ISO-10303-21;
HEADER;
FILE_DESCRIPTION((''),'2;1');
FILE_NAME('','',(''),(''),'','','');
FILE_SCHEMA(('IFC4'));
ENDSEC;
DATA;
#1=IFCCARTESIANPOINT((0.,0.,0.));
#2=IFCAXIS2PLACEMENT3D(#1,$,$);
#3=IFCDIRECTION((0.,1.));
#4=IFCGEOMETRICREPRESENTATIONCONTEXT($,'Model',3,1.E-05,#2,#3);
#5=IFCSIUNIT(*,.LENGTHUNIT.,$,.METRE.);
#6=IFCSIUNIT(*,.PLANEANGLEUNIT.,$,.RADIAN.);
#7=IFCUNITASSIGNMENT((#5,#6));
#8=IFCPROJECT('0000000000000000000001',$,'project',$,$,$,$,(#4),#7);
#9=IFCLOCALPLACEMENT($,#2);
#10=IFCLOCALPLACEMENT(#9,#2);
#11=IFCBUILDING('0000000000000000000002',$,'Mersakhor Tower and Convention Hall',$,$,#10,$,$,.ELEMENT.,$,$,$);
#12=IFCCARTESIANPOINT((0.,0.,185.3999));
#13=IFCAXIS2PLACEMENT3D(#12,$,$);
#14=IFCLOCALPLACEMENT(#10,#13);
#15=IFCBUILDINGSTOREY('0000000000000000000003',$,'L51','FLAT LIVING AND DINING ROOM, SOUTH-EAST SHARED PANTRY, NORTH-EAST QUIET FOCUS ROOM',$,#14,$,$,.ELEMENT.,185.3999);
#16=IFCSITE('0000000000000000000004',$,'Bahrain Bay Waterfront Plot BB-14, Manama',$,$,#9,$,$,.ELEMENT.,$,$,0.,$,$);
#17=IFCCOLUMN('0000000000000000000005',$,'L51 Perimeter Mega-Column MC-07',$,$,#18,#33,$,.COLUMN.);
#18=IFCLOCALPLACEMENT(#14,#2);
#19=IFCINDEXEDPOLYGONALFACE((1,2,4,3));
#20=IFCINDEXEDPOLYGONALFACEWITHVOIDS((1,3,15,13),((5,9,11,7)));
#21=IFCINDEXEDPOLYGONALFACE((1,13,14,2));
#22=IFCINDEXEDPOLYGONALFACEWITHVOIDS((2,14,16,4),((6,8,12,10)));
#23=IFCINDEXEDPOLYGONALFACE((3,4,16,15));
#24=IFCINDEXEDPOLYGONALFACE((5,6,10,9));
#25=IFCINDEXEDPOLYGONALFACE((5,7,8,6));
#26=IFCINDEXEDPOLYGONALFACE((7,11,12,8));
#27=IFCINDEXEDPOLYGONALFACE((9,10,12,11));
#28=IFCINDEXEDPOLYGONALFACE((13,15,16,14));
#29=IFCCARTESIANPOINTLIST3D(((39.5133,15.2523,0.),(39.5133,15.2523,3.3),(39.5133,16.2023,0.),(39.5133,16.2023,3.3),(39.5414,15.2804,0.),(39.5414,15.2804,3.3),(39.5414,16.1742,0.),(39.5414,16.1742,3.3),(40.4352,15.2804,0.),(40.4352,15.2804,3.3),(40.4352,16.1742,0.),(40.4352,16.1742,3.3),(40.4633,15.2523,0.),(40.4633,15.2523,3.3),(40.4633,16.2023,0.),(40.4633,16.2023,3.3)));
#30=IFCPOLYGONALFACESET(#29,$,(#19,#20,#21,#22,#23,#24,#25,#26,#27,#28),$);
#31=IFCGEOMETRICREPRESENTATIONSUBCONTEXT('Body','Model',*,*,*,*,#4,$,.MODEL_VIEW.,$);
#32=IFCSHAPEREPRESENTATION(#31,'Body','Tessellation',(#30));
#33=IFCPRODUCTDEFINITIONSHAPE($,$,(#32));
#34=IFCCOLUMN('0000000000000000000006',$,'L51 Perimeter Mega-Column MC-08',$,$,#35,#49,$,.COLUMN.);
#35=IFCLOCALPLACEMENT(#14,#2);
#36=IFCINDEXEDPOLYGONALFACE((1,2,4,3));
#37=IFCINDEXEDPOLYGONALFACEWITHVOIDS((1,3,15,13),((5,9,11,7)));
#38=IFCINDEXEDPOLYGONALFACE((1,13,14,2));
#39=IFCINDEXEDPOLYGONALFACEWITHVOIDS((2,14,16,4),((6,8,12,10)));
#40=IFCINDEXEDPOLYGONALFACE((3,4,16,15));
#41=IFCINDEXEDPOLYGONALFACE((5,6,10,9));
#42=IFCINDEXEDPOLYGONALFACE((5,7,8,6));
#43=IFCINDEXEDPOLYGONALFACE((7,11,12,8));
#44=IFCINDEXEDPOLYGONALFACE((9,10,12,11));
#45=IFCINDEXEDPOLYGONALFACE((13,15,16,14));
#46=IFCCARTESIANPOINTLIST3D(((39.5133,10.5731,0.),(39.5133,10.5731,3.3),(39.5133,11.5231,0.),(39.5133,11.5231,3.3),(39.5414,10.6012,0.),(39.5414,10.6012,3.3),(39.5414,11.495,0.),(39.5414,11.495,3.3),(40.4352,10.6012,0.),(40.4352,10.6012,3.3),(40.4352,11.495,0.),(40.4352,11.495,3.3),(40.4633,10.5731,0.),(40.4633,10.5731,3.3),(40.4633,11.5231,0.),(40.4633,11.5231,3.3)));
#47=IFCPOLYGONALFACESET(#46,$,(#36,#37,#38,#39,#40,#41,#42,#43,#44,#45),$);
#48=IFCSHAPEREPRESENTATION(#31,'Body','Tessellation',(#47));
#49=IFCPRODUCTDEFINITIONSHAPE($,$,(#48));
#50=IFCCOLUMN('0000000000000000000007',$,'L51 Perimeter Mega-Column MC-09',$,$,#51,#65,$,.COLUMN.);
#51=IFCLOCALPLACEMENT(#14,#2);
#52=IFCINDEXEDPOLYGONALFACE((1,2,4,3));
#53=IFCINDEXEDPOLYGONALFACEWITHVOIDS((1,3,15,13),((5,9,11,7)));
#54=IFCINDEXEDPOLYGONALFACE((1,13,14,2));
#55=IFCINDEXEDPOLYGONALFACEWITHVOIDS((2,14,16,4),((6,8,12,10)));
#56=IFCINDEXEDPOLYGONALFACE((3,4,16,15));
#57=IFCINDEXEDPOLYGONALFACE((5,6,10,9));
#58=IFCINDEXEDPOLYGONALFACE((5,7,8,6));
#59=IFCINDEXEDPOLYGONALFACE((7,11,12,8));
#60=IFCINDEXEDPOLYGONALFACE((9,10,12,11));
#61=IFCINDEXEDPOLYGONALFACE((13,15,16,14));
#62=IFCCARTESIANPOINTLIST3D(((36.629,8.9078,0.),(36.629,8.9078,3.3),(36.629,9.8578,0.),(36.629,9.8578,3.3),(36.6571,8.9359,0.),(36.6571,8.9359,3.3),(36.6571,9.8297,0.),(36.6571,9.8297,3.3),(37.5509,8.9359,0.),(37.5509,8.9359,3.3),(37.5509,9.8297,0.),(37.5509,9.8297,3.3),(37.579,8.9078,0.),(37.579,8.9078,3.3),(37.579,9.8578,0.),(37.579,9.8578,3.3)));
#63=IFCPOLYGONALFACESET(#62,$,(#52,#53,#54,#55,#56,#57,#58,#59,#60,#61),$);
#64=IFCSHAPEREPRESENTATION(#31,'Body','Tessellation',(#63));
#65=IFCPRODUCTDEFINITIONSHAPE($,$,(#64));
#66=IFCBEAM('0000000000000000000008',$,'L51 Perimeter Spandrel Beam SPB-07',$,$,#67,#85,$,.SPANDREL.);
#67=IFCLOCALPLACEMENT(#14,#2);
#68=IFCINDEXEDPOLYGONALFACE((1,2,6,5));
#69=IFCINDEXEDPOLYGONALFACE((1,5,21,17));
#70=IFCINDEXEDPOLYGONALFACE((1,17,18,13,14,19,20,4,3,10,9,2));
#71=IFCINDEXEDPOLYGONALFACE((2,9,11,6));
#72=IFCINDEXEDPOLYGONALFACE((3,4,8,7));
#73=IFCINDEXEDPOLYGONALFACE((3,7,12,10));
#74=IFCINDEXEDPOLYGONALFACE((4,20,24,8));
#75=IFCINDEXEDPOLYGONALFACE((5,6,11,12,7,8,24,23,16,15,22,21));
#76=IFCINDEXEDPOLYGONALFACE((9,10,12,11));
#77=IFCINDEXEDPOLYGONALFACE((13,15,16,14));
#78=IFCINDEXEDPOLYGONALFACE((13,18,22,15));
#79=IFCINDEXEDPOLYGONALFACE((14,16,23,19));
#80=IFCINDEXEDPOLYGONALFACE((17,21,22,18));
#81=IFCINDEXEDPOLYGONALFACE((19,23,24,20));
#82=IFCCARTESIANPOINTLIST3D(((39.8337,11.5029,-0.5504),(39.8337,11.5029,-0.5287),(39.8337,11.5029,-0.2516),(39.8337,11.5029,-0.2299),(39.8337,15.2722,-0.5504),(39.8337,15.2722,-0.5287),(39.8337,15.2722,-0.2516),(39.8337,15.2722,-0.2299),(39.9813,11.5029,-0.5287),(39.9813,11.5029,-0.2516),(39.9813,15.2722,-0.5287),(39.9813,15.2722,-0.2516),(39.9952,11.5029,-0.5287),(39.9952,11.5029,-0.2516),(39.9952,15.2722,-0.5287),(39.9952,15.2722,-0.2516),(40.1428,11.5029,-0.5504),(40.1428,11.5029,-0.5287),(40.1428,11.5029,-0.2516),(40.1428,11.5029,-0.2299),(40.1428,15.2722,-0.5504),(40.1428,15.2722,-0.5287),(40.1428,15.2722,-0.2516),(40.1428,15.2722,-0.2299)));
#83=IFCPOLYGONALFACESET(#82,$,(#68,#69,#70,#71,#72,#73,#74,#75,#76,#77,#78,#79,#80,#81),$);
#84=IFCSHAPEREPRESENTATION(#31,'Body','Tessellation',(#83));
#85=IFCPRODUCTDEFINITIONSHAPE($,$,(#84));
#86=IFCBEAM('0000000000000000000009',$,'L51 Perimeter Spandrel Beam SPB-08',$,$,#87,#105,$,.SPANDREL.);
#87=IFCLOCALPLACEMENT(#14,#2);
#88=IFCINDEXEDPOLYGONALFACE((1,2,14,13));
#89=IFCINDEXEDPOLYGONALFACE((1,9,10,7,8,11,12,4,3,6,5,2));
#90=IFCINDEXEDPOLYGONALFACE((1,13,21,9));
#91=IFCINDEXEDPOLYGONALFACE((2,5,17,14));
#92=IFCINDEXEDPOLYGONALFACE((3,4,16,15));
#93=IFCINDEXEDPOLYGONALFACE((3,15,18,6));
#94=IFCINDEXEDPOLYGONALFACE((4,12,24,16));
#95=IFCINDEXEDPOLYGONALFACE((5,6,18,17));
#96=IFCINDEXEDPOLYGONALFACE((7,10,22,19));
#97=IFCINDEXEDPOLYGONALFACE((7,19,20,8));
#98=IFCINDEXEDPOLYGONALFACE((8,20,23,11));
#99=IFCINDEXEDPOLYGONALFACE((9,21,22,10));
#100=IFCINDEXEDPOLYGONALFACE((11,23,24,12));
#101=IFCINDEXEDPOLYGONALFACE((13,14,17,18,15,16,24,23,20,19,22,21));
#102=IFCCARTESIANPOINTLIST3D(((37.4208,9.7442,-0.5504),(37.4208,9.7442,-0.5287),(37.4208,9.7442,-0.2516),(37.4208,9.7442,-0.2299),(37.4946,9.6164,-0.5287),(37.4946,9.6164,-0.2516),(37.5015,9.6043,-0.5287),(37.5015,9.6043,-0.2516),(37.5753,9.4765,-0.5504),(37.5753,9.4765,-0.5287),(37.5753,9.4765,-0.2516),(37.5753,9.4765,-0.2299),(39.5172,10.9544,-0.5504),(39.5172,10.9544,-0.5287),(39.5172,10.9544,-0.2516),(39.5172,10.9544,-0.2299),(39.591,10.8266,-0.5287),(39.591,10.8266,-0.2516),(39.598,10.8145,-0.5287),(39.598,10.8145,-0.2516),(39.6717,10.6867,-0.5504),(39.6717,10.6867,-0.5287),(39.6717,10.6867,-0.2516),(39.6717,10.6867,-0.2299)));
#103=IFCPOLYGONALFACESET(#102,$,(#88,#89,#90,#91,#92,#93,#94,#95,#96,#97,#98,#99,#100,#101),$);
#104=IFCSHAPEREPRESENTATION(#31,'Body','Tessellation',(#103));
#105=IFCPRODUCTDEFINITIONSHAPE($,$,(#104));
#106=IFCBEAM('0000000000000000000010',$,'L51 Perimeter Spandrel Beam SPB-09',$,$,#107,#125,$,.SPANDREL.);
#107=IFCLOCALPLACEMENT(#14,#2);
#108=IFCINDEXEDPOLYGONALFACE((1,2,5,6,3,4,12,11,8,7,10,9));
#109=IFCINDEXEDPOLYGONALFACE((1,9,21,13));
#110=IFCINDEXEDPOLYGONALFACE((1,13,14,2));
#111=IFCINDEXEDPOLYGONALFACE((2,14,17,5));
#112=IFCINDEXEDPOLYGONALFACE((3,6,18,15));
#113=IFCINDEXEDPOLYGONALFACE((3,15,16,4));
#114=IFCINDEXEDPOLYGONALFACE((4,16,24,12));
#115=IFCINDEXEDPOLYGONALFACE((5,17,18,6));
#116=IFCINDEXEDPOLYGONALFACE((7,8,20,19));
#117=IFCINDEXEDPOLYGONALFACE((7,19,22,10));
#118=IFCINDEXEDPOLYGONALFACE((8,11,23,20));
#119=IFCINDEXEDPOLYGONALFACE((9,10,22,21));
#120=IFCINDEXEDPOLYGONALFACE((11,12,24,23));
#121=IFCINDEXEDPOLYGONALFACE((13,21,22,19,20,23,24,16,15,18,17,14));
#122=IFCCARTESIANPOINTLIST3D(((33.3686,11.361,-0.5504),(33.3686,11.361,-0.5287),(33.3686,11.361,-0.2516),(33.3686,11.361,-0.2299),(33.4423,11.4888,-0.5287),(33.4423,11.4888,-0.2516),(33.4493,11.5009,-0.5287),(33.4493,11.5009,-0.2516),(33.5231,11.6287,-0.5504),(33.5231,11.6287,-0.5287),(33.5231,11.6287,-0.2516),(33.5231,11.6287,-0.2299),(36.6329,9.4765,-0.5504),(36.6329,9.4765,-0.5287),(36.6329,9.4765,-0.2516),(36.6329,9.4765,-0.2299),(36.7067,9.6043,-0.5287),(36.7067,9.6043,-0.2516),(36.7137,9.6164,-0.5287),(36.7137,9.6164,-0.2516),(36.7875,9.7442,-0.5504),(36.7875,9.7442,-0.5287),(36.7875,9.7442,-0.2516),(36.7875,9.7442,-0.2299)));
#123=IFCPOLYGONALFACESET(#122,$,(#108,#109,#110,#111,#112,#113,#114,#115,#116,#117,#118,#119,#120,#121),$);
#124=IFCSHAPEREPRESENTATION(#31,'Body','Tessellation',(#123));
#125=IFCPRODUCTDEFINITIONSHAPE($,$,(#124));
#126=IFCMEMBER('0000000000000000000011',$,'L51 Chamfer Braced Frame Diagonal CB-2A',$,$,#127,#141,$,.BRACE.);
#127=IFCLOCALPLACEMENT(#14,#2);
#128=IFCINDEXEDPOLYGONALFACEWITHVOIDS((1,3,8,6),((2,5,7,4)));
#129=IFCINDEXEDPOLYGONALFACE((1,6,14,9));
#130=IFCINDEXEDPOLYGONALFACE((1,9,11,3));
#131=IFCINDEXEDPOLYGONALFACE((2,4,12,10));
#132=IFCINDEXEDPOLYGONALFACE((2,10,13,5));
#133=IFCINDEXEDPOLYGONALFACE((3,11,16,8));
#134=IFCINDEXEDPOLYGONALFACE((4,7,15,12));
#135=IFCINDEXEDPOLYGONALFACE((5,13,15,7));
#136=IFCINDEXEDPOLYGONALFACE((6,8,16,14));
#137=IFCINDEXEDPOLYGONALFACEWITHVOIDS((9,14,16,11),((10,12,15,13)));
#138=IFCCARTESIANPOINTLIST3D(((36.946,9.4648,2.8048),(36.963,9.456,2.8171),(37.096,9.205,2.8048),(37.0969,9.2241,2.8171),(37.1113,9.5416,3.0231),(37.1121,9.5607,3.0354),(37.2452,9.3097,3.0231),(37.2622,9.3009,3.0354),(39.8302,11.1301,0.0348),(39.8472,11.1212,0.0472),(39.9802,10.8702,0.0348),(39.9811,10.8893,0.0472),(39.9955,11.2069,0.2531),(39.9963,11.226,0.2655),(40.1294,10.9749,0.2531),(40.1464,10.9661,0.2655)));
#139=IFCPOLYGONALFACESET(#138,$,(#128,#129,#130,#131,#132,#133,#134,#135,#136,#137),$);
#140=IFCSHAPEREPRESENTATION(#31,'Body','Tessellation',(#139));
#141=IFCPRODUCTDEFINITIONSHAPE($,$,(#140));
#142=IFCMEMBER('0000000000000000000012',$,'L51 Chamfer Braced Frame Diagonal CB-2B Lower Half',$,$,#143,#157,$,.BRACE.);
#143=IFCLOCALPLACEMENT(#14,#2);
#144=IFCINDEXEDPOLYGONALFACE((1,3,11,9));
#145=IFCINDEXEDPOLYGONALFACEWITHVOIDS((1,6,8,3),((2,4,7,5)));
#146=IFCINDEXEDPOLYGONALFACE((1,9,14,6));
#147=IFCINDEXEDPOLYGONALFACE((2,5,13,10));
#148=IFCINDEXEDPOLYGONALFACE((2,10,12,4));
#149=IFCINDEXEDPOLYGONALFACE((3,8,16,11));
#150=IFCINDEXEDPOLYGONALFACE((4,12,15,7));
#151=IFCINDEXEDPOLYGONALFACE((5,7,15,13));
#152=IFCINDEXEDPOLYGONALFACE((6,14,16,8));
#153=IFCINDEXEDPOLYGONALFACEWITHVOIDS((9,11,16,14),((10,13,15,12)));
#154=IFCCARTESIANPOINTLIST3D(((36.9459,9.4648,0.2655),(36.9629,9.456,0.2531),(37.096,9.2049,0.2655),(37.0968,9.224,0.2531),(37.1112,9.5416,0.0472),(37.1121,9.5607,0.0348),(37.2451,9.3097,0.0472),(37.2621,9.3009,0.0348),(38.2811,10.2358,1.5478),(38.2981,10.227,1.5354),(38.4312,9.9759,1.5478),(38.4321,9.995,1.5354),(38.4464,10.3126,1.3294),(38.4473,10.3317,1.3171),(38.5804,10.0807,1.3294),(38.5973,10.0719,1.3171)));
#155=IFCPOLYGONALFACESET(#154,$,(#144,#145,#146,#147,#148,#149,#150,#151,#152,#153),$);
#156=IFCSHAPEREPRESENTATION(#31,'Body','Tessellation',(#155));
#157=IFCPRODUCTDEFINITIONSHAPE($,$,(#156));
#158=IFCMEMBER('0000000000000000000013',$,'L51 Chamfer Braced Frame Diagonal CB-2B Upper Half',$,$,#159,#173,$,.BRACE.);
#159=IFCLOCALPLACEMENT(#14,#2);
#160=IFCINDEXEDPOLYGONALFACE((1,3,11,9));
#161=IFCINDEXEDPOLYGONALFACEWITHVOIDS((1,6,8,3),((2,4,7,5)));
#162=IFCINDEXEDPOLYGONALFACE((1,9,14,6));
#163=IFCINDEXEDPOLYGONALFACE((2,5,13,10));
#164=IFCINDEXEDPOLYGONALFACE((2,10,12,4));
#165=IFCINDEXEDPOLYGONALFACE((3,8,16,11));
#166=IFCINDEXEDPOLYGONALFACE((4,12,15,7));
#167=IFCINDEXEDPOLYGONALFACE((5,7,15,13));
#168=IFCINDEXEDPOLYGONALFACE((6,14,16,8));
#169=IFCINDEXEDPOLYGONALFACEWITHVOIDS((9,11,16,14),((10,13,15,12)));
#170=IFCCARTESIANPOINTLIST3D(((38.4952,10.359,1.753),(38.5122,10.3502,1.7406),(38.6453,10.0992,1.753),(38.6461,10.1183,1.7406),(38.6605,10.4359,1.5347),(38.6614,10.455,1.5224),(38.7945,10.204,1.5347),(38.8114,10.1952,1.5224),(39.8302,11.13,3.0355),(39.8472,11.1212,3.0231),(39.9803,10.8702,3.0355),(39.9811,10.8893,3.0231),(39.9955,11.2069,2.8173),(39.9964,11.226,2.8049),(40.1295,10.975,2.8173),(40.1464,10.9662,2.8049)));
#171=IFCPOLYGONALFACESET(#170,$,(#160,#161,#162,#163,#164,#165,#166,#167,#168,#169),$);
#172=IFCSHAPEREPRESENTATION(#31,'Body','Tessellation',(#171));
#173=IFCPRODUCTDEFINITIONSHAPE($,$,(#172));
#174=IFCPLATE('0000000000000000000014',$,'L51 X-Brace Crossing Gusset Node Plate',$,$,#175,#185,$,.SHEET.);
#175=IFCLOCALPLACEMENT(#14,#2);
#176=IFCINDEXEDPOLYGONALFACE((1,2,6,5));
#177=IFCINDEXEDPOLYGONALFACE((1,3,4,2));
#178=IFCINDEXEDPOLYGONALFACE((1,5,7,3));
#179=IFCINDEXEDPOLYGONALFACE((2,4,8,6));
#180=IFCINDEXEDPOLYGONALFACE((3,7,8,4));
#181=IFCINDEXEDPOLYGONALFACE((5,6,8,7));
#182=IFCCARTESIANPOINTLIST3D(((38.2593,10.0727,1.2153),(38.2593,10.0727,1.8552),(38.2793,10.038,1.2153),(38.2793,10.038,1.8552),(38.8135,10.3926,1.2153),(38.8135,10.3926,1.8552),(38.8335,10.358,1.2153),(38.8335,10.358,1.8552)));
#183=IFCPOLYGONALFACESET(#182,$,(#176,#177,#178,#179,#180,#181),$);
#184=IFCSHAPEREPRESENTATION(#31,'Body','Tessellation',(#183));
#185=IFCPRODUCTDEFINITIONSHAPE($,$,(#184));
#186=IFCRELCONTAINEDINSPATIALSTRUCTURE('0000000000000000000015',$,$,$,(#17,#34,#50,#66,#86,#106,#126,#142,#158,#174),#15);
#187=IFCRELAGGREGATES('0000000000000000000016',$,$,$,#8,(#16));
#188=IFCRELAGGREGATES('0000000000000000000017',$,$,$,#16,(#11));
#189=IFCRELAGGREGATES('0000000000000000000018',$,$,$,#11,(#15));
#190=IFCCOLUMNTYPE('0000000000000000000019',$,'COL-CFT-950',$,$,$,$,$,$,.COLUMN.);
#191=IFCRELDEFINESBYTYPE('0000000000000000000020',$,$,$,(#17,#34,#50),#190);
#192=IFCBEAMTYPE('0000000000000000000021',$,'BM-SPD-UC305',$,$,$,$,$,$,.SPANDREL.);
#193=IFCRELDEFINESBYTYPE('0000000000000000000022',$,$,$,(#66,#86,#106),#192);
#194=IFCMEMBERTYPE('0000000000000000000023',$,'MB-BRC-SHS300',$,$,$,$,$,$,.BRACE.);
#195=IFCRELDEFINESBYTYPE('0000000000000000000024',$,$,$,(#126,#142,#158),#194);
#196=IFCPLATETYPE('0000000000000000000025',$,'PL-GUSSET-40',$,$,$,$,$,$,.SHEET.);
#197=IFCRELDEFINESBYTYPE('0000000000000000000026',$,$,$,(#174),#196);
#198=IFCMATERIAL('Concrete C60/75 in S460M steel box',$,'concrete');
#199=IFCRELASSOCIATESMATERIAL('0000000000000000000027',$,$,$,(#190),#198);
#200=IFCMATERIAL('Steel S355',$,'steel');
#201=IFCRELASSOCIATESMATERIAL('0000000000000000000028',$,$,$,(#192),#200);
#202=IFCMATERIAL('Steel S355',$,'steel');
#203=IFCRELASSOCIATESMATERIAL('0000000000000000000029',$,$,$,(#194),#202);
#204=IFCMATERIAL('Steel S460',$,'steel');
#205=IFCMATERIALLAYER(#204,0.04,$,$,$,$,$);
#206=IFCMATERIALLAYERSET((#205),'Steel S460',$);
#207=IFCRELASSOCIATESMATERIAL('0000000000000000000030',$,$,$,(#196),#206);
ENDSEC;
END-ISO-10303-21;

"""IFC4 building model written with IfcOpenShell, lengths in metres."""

from ifc_helpers import new_model, si_unit, direction, frame, origin, origin_2d, place, context, subcontext, project, spatial, rectangle, hollow_rectangle, i_section, extrude, material, layer, layer_set, material_profile, profile_set, type_object, element, save


model = new_model("IFC4")

# Units and contexts
model_context = context("Model", 3, precision=1e-05, world=origin(), true_north=direction((0.0, 1.0)))
body_context = subcontext(model_context, "Body", "Model", "MODEL_VIEW")
ifc_project = project(units=[si_unit("LENGTHUNIT", "METRE"), si_unit("PLANEANGLEUNIT", "RADIAN")], contexts=[model_context])

# Site, building, storey
site_placement = place(None, origin())
site = spatial("IfcSite", under=ifc_project, at=site_placement, Name="Bahrain Bay Waterfront Plot BB-14, Manama", CompositionType="ELEMENT", RefElevation=0.0)
building_placement = place(site_placement, origin())
building = spatial("IfcBuilding", under=site, at=building_placement, Name="Mersakhor Tower and Convention Hall", CompositionType="ELEMENT")
storey_placement = place(building_placement, frame((0.0, 0.0, 185.3999)))
storey = spatial("IfcBuildingStorey", under=building, at=storey_placement, Name="L51", Description="FLAT LIVING AND DINING ROOM, SOUTH-EAST SHARED PANTRY, NORTH-EAST QUIET FOCUS ROOM", CompositionType="ELEMENT", Elevation=185.3999)

# Columns
ifc_material_1 = material(Name="Concrete C60/75 in S460M steel box", Category="concrete")
ifc_material_profile_1 = material_profile(ifc_material_1, hollow_rectangle(XDim=0.95, YDim=0.95, WallThickness=0.0281, at=origin_2d()), Name="SHS 950x950x28")
ifc_profile_set_1 = profile_set([ifc_material_profile_1], Name="Concrete C60/75 in S460M steel box")
column_type = type_object("IfcColumnType", Name="COL-CFT-950", PredefinedType="COLUMN", material=ifc_profile_set_1)
for number, where, z_axis, x_axis, name in (
    (1, (39.9883, 15.7273, 0.0), (0.0, 0.0, 1.0), (1.0, 0.0, 0.0), "L51 Perimeter Mega-Column MC-07"),
    (2, (39.9883, 11.0481, 0.0), (0.0, 0.0, 1.0), (1.0, 0.0, 0.0), "L51 Perimeter Mega-Column MC-08"),
    (3, (37.104, 9.3828, 0.0), (0.0, 0.0, 1.0), (1.0, 0.0, 0.0), "L51 Perimeter Mega-Column MC-09"),
):
    element("IfcColumn", number, at=place(storey_placement, frame(where, z_axis=z_axis, x_axis=x_axis)), inside=storey, type_object=column_type, Name=name, PredefinedType="COLUMN", context=body_context, shape_type="SweptSolid", body=[
        extrude(hollow_rectangle(XDim=0.95, YDim=0.95, WallThickness=0.0281, at=origin_2d()), origin(), (0.0, 0.0, 1.0), 3.3),
    ])

# Beams
ifc_material_2 = material(Name="Steel S355", Category="steel")
ifc_material_profile_2 = material_profile(ifc_material_2, i_section(OverallWidth=0.3091, OverallDepth=0.3206, WebThickness=0.0139, FlangeThickness=0.0217, at=origin_2d()), Name="UC 305x305x137")
ifc_profile_set_2 = profile_set([ifc_material_profile_2], Name="Steel S355")
beam_type = type_object("IfcBeamType", Name="BM-SPD-UC305", PredefinedType="SPANDREL", material=ifc_profile_set_2)
beam_1_placement = place(storey_placement, frame((39.9883, 15.2722, -0.3901), z_axis=(0.0, -1.0, 0.0), x_axis=(1.0, 0.0, 0.0)))
element("IfcBeam", 4, at=beam_1_placement, inside=storey, type_object=beam_type, Name="L51 Perimeter Spandrel Beam SPB-07", PredefinedType="SPANDREL", context=body_context, shape_type="SweptSolid", body=[
    extrude(i_section(OverallWidth=0.3091, OverallDepth=0.3206, WebThickness=0.0139, FlangeThickness=0.0217, at=origin_2d()), origin(), (0.0, 0.0, 1.0), 3.7693),
])
beam_2_placement = place(storey_placement, frame((39.5945, 10.8206, -0.3901), z_axis=(-0.866056, -0.499947, 0.0), x_axis=(0.499947, -0.866056, 0.0)))
element("IfcBeam", 5, at=beam_2_placement, inside=storey, type_object=beam_type, Name="L51 Perimeter Spandrel Beam SPB-08", PredefinedType="SPANDREL", context=body_context, shape_type="SweptSolid", body=[
    extrude(i_section(OverallWidth=0.3091, OverallDepth=0.3206, WebThickness=0.0139, FlangeThickness=0.0217, at=origin_2d()), origin(), (0.0, 0.0, 1.0), 2.4207),
])
beam_3_placement = place(storey_placement, frame((36.7102, 9.6104, -0.3901), z_axis=(-0.866046, 0.499964, 0.0), x_axis=(-0.499964, -0.866046, 0.0)))
element("IfcBeam", 6, at=beam_3_placement, inside=storey, type_object=beam_type, Name="L51 Perimeter Spandrel Beam SPB-09", PredefinedType="SPANDREL", context=body_context, shape_type="SweptSolid", body=[
    extrude(i_section(OverallWidth=0.3091, OverallDepth=0.3206, WebThickness=0.0139, FlangeThickness=0.0217, at=origin_2d()), origin(), (0.0, 0.0, 1.0), 3.7693),
])

# Members
ifc_material_3 = material(Name="Steel S355", Category="steel")
ifc_material_profile_3 = material_profile(ifc_material_3, hollow_rectangle(XDim=0.3, YDim=0.3, WallThickness=0.0161, at=origin_2d()), Name="SHS 300x300x16")
ifc_profile_set_3 = profile_set([ifc_material_profile_3], Name="Steel S355")
member_type = type_object("IfcMemberType", Name="MB-BRC-SHS300", PredefinedType="BRACE", material=ifc_profile_set_3)
member_placement = place(storey_placement, frame((39.9883, 11.0481, 0.1501), z_axis=(-0.665825, -0.384425, 0.639449), x_axis=(0.50001, -0.86602, 0.0)))
element("IfcMember", 7, at=member_placement, inside=storey, type_object=member_type, Name="L51 Chamfer Braced Frame Diagonal CB-2A", PredefinedType="BRACE", context=body_context, shape_type="SweptSolid", body=[
    extrude(hollow_rectangle(XDim=0.3, YDim=0.3, WallThickness=0.0161, at=origin_2d()), origin(), (0.0, 0.0, 1.0), 4.3318),
])
for number, where, z_axis, x_axis, name in (
    (8, (37.104, 9.3828, 0.1501), (0.665831, 0.384475, 0.639412), (-0.500056, 0.865993, 0.0), "L51 Chamfer Braced Frame Diagonal CB-2B Lower Half"),
    (9, (38.6533, 10.2771, 1.6377), (0.665711, 0.384476, 0.639536), (-0.500125, 0.865953, 0.0), "L51 Chamfer Braced Frame Diagonal CB-2B Upper Half"),
):
    element("IfcMember", number, at=place(storey_placement, frame(where, z_axis=z_axis, x_axis=x_axis)), inside=storey, type_object=member_type, Name=name, PredefinedType="BRACE", context=body_context, shape_type="SweptSolid", body=[
        extrude(hollow_rectangle(XDim=0.3, YDim=0.3, WallThickness=0.0161, at=origin_2d()), origin(), (0.0, 0.0, 1.0), 2.0054),
    ])

# Plate
ifc_material_4 = material(Name="Steel S460", Category="steel")
ifc_layer_1 = layer(ifc_material_4, 0.04)
ifc_layer_set_1 = layer_set([ifc_layer_1], Name="Steel S460")
plate_type = type_object("IfcPlateType", Name="PL-GUSSET-40", PredefinedType="SHEET", material=ifc_layer_set_1)
plate_placement = place(storey_placement, frame((38.5464, 10.2153, 1.2153), z_axis=(0.0, 0.0, 1.0), x_axis=(0.866025, 0.5, 0.0)))
element("IfcPlate", 10, at=plate_placement, inside=storey, type_object=plate_type, Name="L51 X-Brace Crossing Gusset Node Plate", PredefinedType="SHEET", context=body_context, shape_type="SweptSolid", body=[
    extrude(rectangle(XDim=0.6399, YDim=0.04, at=origin_2d()), origin(), (0.0, 0.0, 1.0), 0.6399),
])

save(model, "model.ifc")
